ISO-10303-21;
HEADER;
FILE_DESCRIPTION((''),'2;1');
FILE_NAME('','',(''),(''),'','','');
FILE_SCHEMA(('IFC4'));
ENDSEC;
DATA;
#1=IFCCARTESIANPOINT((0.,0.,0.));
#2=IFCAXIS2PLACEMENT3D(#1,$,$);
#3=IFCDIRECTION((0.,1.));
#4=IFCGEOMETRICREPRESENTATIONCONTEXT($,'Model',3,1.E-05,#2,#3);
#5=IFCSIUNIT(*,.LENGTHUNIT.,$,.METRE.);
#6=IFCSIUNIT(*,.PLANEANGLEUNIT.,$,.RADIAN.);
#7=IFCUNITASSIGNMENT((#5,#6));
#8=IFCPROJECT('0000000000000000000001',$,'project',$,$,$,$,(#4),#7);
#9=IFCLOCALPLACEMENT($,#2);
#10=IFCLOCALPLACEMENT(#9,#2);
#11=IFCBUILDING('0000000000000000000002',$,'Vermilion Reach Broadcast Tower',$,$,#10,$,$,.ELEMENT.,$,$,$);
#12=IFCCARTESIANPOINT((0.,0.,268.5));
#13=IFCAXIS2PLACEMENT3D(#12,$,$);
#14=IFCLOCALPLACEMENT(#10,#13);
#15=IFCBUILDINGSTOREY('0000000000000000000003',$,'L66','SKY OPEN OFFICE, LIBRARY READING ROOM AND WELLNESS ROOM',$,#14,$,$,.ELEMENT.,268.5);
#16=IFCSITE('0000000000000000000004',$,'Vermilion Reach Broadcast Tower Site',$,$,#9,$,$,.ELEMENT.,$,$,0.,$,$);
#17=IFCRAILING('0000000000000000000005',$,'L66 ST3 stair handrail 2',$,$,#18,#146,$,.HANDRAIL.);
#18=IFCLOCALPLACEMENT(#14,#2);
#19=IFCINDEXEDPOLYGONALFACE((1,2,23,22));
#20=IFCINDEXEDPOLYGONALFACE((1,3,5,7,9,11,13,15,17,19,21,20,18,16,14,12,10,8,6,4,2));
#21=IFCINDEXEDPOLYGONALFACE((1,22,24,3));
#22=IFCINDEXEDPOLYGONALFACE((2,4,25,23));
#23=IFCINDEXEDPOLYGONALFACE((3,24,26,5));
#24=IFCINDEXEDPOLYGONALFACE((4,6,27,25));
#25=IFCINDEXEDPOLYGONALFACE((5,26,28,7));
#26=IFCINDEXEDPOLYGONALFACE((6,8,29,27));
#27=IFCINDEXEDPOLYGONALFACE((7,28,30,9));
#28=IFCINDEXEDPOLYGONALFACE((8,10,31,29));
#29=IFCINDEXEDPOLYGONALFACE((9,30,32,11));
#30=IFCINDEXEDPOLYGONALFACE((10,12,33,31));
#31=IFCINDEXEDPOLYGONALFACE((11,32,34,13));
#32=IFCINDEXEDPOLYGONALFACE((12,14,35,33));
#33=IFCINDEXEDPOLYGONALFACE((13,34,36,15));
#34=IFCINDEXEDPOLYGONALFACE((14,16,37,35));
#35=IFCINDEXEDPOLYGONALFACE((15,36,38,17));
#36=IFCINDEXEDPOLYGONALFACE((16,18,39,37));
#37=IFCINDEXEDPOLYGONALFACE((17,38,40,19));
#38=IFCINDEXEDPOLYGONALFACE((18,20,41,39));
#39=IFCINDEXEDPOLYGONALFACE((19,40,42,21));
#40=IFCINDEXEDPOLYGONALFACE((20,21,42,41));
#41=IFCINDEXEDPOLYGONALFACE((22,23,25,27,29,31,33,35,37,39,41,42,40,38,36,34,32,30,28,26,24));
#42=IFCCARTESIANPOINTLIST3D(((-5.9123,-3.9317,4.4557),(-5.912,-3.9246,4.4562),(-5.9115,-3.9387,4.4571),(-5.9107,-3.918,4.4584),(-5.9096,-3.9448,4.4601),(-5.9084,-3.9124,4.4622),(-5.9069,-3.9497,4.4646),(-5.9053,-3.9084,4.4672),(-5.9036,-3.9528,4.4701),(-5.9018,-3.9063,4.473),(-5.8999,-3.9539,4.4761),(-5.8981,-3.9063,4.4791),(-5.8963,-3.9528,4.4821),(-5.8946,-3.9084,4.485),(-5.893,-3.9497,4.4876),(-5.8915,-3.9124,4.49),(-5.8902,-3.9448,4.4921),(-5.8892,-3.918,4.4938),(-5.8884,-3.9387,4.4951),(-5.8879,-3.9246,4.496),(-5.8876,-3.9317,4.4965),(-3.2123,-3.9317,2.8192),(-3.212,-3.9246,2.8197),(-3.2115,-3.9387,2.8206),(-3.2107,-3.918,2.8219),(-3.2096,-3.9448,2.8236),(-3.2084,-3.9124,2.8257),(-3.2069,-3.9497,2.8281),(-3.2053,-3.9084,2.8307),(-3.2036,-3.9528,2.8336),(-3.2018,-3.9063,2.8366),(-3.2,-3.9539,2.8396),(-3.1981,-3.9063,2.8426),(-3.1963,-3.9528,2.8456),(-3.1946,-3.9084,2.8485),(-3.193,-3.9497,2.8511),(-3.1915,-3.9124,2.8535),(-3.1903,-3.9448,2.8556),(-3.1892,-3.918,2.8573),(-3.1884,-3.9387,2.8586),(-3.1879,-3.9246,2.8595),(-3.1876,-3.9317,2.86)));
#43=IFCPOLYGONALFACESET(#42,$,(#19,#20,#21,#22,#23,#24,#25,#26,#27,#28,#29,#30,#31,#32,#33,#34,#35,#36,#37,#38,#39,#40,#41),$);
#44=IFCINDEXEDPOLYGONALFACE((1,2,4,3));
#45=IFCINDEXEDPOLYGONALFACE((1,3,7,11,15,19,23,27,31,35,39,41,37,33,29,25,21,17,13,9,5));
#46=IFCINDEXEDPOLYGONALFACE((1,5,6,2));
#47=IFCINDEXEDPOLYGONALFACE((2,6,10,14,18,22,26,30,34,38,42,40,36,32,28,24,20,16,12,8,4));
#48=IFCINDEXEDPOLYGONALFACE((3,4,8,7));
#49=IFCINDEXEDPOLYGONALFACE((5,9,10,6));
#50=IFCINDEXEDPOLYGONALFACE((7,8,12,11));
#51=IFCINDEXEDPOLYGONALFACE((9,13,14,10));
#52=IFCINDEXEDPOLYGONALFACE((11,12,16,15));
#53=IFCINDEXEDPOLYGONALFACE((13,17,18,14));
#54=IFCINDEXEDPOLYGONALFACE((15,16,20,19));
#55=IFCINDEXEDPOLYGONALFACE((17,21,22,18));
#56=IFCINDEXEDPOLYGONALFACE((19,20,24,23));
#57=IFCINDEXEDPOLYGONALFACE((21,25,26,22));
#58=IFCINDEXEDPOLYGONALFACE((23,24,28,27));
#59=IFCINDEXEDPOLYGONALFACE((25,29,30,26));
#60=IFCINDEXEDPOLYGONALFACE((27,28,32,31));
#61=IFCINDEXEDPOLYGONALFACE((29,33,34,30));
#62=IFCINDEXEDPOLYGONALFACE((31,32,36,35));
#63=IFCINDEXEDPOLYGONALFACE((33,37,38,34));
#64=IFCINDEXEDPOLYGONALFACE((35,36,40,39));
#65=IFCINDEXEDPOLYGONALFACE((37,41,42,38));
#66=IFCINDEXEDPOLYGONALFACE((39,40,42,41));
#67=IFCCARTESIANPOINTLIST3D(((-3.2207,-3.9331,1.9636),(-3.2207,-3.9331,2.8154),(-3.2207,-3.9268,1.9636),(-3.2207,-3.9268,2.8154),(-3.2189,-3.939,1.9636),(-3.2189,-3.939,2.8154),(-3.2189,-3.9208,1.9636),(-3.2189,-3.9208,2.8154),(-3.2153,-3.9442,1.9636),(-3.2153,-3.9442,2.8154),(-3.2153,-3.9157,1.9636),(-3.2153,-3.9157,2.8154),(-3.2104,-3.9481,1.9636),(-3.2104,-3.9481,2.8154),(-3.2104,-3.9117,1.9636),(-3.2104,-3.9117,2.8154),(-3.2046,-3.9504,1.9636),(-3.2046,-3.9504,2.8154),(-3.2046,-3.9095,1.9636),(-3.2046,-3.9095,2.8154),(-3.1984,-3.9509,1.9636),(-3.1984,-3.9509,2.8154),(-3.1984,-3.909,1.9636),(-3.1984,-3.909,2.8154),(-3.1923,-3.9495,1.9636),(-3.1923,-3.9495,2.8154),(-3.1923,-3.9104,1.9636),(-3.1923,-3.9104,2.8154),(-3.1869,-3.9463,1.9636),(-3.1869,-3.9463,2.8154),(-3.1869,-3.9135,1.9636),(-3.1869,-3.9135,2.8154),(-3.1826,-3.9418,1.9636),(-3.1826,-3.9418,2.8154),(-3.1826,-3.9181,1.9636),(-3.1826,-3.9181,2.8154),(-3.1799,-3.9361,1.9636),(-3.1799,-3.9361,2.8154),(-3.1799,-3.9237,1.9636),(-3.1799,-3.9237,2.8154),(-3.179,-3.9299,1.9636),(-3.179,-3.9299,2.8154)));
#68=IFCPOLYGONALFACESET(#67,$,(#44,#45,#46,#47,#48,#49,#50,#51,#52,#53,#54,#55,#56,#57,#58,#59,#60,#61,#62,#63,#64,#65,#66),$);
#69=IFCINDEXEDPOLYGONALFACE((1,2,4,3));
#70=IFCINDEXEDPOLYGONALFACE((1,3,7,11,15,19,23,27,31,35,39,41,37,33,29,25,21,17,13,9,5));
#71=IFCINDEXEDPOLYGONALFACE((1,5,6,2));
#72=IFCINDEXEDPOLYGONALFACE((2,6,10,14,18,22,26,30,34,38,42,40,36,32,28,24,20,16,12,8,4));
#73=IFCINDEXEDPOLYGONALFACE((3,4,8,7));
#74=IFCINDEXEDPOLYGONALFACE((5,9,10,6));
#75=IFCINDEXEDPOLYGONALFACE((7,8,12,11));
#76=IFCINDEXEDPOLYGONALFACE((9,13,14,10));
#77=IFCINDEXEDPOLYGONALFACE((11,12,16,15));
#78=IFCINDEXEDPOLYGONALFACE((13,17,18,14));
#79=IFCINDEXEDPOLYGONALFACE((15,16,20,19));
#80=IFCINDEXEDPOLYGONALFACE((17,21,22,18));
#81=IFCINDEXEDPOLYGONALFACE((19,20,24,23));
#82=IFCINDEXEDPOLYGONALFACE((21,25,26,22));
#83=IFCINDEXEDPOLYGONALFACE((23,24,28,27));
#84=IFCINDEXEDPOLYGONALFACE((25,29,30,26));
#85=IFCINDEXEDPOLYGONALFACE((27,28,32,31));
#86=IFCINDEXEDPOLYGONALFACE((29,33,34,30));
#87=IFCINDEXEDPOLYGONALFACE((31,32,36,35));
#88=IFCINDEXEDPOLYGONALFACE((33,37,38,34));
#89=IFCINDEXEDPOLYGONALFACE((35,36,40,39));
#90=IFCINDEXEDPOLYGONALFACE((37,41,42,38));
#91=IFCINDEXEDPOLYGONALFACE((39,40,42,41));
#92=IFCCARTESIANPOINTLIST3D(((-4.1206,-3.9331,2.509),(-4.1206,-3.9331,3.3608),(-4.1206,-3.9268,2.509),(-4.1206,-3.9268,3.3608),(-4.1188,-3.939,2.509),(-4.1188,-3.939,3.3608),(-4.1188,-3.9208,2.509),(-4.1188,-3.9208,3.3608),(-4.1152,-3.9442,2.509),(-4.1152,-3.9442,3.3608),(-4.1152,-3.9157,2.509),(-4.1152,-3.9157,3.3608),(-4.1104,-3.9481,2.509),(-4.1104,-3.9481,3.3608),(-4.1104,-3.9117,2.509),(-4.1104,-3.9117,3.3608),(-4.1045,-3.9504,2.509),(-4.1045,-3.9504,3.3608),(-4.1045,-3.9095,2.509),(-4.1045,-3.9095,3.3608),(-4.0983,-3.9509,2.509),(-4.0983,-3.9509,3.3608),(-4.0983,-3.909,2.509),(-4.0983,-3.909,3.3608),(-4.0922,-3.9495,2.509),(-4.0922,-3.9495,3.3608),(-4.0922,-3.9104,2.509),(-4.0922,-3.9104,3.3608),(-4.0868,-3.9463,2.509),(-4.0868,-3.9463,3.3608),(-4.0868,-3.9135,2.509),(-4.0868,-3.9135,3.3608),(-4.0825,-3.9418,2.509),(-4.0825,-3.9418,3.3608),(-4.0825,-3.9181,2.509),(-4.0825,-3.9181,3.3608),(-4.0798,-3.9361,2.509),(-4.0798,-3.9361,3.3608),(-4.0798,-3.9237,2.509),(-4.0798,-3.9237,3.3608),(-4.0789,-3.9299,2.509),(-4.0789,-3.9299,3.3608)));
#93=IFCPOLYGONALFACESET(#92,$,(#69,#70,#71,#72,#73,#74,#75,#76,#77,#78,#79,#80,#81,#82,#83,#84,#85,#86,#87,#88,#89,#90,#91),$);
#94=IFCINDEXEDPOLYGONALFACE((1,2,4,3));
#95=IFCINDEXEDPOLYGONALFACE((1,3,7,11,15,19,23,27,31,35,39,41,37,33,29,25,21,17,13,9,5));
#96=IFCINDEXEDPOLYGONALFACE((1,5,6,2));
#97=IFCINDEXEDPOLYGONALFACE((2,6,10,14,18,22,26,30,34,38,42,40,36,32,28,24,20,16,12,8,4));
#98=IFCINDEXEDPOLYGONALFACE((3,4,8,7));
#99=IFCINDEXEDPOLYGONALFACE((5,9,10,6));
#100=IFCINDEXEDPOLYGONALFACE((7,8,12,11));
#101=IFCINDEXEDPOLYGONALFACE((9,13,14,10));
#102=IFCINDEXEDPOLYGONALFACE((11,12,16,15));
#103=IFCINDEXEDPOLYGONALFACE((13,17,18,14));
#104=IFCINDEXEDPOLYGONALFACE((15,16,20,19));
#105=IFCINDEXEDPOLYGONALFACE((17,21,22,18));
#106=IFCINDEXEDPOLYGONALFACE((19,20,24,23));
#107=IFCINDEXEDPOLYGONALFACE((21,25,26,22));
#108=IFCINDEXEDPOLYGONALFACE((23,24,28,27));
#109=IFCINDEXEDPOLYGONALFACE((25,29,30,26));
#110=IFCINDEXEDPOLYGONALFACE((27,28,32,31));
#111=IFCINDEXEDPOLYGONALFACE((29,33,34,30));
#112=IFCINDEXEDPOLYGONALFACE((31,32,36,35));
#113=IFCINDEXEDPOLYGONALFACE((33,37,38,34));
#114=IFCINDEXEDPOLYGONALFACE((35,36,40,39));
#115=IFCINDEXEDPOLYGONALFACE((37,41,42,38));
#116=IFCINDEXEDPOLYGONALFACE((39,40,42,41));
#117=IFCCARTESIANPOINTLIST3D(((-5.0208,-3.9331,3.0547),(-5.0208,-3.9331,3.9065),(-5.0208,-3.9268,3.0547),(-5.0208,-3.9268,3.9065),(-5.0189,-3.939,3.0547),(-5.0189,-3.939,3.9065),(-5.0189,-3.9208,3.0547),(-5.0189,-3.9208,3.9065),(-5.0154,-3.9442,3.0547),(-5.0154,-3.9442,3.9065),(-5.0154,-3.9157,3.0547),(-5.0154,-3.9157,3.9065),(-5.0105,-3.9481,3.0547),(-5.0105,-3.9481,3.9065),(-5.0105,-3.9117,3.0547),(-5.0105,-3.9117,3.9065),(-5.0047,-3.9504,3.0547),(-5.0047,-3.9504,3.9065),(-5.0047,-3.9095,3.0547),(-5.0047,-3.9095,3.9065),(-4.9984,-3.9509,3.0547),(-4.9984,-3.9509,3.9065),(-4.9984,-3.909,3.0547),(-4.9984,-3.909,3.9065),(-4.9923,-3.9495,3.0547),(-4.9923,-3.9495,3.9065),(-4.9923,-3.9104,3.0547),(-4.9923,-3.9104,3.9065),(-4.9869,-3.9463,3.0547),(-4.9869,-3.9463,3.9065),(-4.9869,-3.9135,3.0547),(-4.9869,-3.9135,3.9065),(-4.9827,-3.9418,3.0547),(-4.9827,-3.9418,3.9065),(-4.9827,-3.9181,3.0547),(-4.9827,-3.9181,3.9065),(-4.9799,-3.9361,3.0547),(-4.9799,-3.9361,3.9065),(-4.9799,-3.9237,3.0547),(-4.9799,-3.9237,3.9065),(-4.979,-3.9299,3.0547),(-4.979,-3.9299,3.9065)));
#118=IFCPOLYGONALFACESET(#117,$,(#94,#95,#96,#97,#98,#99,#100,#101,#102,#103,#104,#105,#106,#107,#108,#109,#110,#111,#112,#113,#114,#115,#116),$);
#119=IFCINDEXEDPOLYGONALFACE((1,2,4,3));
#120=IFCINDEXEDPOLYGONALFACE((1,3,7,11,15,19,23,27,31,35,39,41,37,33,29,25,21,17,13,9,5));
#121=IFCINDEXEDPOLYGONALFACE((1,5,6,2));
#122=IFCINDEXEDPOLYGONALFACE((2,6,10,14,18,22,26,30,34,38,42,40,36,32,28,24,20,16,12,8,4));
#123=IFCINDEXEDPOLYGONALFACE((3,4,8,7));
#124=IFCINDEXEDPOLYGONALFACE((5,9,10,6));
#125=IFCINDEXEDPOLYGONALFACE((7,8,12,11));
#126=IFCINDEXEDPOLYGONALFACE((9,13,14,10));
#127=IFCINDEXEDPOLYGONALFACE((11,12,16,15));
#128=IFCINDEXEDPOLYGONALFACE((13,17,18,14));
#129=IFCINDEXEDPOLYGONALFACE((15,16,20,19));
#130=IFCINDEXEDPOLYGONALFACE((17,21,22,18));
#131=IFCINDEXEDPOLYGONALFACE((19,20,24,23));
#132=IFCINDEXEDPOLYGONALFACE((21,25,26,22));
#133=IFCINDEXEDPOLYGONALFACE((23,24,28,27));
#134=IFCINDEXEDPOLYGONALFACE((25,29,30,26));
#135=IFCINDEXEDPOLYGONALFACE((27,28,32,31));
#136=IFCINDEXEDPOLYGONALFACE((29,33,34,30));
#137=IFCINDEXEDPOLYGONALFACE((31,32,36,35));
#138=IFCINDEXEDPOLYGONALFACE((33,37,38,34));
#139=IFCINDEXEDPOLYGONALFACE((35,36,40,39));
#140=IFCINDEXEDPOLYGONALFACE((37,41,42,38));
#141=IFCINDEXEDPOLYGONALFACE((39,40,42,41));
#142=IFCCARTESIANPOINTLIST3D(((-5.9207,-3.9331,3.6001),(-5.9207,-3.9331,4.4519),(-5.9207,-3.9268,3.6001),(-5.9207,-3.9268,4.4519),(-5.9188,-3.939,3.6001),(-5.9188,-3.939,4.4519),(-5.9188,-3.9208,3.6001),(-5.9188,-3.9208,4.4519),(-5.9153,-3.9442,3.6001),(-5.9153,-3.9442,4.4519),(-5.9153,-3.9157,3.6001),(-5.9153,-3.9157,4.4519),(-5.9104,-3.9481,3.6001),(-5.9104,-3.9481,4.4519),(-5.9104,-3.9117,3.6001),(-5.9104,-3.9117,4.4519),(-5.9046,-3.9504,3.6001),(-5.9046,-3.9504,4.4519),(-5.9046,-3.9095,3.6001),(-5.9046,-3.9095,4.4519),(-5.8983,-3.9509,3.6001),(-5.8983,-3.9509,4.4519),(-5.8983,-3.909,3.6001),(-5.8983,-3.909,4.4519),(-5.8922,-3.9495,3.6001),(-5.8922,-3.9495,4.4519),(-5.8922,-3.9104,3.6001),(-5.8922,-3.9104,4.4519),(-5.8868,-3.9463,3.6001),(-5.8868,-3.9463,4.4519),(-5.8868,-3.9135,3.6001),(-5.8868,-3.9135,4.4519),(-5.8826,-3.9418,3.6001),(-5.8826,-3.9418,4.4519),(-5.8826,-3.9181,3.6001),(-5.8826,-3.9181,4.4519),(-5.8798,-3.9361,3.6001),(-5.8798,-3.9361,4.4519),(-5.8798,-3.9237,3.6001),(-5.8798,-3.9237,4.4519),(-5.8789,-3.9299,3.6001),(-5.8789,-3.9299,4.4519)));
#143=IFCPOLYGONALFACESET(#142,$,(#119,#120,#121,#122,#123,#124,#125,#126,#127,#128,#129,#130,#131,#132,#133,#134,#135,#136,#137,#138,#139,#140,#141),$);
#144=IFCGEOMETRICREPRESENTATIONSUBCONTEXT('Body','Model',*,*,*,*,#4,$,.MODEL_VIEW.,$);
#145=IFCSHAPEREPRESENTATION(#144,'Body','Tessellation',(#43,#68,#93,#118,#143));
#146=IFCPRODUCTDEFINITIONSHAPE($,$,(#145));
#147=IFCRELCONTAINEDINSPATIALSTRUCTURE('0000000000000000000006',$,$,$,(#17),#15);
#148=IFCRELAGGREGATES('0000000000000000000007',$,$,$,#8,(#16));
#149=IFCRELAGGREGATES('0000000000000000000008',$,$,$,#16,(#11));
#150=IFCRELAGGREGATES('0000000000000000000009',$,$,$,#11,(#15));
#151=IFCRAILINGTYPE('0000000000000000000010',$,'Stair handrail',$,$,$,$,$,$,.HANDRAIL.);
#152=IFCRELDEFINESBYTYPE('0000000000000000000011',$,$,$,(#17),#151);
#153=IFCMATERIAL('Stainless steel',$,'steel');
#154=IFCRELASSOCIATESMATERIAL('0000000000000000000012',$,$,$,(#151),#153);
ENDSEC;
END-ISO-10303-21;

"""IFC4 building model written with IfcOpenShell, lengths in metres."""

from ifc_helpers import new_model, si_unit, direction, frame, origin, origin_2d, place, context, subcontext, project, spatial, circle, extrude, material, type_object, element, save


model = new_model("IFC4")

# Units and contexts
model_context = context("Model", 3, precision=1e-05, world=origin(), true_north=direction((0.0, 1.0)))
body_context = subcontext(model_context, "Body", "Model", "MODEL_VIEW")
ifc_project = project(units=[si_unit("LENGTHUNIT", "METRE"), si_unit("PLANEANGLEUNIT", "RADIAN")], contexts=[model_context])

# Site, building, storey
site_placement = place(None, origin())
site = spatial("IfcSite", under=ifc_project, at=site_placement, Name="Vermilion Reach Broadcast Tower Site", CompositionType="ELEMENT", RefElevation=0.0)
building_placement = place(site_placement, origin())
building = spatial("IfcBuilding", under=site, at=building_placement, Name="Vermilion Reach Broadcast Tower", CompositionType="ELEMENT")
storey_placement = place(building_placement, frame((0.0, 0.0, 268.5)))
storey = spatial("IfcBuildingStorey", under=building, at=storey_placement, Name="L66", Description="SKY OPEN OFFICE, LIBRARY READING ROOM AND WELLNESS ROOM", CompositionType="ELEMENT", Elevation=268.5)

# Railing
ifc_material_1 = material(Name="Stainless steel", Category="steel")
railing_type_1 = type_object("IfcRailingType", Name="Stair handrail", PredefinedType="HANDRAIL", material=ifc_material_1)
railing_1_placement = place(storey_placement, frame((-3.2, -3.9299, 1.9636)))
element("IfcRailing", 1, at=railing_1_placement, inside=storey, type_object=railing_type_1, Name="L66 ST3 stair handrail 2", PredefinedType="HANDRAIL", context=body_context, shape_type="SweptSolid", body=[
    extrude(circle(Radius=0.0239, at=origin_2d()), frame((0.0, 0.0, 0.876), z_axis=(-0.855178, 0.0, 0.518334), x_axis=(0.0, -1.0, 0.0)), (0.0, 0.0, 1.0), 3.1572),
    extrude(circle(Radius=0.021, at=origin_2d()), origin(), (0.0, 0.0, 1.0), 0.8518),
    extrude(circle(Radius=0.021, at=origin_2d()), frame((-0.8999, 0.0, 0.5454)), (0.0, 0.0, 1.0), 0.8518),
    extrude(circle(Radius=0.021, at=origin_2d()), frame((-1.8, 0.0, 1.0911)), (0.0, 0.0, 1.0), 0.8518),
    extrude(circle(Radius=0.021, at=origin_2d()), frame((-2.7, 0.0, 1.6365)), (0.0, 0.0, 1.0), 0.8518),
])

save(model, "model.ifc")
